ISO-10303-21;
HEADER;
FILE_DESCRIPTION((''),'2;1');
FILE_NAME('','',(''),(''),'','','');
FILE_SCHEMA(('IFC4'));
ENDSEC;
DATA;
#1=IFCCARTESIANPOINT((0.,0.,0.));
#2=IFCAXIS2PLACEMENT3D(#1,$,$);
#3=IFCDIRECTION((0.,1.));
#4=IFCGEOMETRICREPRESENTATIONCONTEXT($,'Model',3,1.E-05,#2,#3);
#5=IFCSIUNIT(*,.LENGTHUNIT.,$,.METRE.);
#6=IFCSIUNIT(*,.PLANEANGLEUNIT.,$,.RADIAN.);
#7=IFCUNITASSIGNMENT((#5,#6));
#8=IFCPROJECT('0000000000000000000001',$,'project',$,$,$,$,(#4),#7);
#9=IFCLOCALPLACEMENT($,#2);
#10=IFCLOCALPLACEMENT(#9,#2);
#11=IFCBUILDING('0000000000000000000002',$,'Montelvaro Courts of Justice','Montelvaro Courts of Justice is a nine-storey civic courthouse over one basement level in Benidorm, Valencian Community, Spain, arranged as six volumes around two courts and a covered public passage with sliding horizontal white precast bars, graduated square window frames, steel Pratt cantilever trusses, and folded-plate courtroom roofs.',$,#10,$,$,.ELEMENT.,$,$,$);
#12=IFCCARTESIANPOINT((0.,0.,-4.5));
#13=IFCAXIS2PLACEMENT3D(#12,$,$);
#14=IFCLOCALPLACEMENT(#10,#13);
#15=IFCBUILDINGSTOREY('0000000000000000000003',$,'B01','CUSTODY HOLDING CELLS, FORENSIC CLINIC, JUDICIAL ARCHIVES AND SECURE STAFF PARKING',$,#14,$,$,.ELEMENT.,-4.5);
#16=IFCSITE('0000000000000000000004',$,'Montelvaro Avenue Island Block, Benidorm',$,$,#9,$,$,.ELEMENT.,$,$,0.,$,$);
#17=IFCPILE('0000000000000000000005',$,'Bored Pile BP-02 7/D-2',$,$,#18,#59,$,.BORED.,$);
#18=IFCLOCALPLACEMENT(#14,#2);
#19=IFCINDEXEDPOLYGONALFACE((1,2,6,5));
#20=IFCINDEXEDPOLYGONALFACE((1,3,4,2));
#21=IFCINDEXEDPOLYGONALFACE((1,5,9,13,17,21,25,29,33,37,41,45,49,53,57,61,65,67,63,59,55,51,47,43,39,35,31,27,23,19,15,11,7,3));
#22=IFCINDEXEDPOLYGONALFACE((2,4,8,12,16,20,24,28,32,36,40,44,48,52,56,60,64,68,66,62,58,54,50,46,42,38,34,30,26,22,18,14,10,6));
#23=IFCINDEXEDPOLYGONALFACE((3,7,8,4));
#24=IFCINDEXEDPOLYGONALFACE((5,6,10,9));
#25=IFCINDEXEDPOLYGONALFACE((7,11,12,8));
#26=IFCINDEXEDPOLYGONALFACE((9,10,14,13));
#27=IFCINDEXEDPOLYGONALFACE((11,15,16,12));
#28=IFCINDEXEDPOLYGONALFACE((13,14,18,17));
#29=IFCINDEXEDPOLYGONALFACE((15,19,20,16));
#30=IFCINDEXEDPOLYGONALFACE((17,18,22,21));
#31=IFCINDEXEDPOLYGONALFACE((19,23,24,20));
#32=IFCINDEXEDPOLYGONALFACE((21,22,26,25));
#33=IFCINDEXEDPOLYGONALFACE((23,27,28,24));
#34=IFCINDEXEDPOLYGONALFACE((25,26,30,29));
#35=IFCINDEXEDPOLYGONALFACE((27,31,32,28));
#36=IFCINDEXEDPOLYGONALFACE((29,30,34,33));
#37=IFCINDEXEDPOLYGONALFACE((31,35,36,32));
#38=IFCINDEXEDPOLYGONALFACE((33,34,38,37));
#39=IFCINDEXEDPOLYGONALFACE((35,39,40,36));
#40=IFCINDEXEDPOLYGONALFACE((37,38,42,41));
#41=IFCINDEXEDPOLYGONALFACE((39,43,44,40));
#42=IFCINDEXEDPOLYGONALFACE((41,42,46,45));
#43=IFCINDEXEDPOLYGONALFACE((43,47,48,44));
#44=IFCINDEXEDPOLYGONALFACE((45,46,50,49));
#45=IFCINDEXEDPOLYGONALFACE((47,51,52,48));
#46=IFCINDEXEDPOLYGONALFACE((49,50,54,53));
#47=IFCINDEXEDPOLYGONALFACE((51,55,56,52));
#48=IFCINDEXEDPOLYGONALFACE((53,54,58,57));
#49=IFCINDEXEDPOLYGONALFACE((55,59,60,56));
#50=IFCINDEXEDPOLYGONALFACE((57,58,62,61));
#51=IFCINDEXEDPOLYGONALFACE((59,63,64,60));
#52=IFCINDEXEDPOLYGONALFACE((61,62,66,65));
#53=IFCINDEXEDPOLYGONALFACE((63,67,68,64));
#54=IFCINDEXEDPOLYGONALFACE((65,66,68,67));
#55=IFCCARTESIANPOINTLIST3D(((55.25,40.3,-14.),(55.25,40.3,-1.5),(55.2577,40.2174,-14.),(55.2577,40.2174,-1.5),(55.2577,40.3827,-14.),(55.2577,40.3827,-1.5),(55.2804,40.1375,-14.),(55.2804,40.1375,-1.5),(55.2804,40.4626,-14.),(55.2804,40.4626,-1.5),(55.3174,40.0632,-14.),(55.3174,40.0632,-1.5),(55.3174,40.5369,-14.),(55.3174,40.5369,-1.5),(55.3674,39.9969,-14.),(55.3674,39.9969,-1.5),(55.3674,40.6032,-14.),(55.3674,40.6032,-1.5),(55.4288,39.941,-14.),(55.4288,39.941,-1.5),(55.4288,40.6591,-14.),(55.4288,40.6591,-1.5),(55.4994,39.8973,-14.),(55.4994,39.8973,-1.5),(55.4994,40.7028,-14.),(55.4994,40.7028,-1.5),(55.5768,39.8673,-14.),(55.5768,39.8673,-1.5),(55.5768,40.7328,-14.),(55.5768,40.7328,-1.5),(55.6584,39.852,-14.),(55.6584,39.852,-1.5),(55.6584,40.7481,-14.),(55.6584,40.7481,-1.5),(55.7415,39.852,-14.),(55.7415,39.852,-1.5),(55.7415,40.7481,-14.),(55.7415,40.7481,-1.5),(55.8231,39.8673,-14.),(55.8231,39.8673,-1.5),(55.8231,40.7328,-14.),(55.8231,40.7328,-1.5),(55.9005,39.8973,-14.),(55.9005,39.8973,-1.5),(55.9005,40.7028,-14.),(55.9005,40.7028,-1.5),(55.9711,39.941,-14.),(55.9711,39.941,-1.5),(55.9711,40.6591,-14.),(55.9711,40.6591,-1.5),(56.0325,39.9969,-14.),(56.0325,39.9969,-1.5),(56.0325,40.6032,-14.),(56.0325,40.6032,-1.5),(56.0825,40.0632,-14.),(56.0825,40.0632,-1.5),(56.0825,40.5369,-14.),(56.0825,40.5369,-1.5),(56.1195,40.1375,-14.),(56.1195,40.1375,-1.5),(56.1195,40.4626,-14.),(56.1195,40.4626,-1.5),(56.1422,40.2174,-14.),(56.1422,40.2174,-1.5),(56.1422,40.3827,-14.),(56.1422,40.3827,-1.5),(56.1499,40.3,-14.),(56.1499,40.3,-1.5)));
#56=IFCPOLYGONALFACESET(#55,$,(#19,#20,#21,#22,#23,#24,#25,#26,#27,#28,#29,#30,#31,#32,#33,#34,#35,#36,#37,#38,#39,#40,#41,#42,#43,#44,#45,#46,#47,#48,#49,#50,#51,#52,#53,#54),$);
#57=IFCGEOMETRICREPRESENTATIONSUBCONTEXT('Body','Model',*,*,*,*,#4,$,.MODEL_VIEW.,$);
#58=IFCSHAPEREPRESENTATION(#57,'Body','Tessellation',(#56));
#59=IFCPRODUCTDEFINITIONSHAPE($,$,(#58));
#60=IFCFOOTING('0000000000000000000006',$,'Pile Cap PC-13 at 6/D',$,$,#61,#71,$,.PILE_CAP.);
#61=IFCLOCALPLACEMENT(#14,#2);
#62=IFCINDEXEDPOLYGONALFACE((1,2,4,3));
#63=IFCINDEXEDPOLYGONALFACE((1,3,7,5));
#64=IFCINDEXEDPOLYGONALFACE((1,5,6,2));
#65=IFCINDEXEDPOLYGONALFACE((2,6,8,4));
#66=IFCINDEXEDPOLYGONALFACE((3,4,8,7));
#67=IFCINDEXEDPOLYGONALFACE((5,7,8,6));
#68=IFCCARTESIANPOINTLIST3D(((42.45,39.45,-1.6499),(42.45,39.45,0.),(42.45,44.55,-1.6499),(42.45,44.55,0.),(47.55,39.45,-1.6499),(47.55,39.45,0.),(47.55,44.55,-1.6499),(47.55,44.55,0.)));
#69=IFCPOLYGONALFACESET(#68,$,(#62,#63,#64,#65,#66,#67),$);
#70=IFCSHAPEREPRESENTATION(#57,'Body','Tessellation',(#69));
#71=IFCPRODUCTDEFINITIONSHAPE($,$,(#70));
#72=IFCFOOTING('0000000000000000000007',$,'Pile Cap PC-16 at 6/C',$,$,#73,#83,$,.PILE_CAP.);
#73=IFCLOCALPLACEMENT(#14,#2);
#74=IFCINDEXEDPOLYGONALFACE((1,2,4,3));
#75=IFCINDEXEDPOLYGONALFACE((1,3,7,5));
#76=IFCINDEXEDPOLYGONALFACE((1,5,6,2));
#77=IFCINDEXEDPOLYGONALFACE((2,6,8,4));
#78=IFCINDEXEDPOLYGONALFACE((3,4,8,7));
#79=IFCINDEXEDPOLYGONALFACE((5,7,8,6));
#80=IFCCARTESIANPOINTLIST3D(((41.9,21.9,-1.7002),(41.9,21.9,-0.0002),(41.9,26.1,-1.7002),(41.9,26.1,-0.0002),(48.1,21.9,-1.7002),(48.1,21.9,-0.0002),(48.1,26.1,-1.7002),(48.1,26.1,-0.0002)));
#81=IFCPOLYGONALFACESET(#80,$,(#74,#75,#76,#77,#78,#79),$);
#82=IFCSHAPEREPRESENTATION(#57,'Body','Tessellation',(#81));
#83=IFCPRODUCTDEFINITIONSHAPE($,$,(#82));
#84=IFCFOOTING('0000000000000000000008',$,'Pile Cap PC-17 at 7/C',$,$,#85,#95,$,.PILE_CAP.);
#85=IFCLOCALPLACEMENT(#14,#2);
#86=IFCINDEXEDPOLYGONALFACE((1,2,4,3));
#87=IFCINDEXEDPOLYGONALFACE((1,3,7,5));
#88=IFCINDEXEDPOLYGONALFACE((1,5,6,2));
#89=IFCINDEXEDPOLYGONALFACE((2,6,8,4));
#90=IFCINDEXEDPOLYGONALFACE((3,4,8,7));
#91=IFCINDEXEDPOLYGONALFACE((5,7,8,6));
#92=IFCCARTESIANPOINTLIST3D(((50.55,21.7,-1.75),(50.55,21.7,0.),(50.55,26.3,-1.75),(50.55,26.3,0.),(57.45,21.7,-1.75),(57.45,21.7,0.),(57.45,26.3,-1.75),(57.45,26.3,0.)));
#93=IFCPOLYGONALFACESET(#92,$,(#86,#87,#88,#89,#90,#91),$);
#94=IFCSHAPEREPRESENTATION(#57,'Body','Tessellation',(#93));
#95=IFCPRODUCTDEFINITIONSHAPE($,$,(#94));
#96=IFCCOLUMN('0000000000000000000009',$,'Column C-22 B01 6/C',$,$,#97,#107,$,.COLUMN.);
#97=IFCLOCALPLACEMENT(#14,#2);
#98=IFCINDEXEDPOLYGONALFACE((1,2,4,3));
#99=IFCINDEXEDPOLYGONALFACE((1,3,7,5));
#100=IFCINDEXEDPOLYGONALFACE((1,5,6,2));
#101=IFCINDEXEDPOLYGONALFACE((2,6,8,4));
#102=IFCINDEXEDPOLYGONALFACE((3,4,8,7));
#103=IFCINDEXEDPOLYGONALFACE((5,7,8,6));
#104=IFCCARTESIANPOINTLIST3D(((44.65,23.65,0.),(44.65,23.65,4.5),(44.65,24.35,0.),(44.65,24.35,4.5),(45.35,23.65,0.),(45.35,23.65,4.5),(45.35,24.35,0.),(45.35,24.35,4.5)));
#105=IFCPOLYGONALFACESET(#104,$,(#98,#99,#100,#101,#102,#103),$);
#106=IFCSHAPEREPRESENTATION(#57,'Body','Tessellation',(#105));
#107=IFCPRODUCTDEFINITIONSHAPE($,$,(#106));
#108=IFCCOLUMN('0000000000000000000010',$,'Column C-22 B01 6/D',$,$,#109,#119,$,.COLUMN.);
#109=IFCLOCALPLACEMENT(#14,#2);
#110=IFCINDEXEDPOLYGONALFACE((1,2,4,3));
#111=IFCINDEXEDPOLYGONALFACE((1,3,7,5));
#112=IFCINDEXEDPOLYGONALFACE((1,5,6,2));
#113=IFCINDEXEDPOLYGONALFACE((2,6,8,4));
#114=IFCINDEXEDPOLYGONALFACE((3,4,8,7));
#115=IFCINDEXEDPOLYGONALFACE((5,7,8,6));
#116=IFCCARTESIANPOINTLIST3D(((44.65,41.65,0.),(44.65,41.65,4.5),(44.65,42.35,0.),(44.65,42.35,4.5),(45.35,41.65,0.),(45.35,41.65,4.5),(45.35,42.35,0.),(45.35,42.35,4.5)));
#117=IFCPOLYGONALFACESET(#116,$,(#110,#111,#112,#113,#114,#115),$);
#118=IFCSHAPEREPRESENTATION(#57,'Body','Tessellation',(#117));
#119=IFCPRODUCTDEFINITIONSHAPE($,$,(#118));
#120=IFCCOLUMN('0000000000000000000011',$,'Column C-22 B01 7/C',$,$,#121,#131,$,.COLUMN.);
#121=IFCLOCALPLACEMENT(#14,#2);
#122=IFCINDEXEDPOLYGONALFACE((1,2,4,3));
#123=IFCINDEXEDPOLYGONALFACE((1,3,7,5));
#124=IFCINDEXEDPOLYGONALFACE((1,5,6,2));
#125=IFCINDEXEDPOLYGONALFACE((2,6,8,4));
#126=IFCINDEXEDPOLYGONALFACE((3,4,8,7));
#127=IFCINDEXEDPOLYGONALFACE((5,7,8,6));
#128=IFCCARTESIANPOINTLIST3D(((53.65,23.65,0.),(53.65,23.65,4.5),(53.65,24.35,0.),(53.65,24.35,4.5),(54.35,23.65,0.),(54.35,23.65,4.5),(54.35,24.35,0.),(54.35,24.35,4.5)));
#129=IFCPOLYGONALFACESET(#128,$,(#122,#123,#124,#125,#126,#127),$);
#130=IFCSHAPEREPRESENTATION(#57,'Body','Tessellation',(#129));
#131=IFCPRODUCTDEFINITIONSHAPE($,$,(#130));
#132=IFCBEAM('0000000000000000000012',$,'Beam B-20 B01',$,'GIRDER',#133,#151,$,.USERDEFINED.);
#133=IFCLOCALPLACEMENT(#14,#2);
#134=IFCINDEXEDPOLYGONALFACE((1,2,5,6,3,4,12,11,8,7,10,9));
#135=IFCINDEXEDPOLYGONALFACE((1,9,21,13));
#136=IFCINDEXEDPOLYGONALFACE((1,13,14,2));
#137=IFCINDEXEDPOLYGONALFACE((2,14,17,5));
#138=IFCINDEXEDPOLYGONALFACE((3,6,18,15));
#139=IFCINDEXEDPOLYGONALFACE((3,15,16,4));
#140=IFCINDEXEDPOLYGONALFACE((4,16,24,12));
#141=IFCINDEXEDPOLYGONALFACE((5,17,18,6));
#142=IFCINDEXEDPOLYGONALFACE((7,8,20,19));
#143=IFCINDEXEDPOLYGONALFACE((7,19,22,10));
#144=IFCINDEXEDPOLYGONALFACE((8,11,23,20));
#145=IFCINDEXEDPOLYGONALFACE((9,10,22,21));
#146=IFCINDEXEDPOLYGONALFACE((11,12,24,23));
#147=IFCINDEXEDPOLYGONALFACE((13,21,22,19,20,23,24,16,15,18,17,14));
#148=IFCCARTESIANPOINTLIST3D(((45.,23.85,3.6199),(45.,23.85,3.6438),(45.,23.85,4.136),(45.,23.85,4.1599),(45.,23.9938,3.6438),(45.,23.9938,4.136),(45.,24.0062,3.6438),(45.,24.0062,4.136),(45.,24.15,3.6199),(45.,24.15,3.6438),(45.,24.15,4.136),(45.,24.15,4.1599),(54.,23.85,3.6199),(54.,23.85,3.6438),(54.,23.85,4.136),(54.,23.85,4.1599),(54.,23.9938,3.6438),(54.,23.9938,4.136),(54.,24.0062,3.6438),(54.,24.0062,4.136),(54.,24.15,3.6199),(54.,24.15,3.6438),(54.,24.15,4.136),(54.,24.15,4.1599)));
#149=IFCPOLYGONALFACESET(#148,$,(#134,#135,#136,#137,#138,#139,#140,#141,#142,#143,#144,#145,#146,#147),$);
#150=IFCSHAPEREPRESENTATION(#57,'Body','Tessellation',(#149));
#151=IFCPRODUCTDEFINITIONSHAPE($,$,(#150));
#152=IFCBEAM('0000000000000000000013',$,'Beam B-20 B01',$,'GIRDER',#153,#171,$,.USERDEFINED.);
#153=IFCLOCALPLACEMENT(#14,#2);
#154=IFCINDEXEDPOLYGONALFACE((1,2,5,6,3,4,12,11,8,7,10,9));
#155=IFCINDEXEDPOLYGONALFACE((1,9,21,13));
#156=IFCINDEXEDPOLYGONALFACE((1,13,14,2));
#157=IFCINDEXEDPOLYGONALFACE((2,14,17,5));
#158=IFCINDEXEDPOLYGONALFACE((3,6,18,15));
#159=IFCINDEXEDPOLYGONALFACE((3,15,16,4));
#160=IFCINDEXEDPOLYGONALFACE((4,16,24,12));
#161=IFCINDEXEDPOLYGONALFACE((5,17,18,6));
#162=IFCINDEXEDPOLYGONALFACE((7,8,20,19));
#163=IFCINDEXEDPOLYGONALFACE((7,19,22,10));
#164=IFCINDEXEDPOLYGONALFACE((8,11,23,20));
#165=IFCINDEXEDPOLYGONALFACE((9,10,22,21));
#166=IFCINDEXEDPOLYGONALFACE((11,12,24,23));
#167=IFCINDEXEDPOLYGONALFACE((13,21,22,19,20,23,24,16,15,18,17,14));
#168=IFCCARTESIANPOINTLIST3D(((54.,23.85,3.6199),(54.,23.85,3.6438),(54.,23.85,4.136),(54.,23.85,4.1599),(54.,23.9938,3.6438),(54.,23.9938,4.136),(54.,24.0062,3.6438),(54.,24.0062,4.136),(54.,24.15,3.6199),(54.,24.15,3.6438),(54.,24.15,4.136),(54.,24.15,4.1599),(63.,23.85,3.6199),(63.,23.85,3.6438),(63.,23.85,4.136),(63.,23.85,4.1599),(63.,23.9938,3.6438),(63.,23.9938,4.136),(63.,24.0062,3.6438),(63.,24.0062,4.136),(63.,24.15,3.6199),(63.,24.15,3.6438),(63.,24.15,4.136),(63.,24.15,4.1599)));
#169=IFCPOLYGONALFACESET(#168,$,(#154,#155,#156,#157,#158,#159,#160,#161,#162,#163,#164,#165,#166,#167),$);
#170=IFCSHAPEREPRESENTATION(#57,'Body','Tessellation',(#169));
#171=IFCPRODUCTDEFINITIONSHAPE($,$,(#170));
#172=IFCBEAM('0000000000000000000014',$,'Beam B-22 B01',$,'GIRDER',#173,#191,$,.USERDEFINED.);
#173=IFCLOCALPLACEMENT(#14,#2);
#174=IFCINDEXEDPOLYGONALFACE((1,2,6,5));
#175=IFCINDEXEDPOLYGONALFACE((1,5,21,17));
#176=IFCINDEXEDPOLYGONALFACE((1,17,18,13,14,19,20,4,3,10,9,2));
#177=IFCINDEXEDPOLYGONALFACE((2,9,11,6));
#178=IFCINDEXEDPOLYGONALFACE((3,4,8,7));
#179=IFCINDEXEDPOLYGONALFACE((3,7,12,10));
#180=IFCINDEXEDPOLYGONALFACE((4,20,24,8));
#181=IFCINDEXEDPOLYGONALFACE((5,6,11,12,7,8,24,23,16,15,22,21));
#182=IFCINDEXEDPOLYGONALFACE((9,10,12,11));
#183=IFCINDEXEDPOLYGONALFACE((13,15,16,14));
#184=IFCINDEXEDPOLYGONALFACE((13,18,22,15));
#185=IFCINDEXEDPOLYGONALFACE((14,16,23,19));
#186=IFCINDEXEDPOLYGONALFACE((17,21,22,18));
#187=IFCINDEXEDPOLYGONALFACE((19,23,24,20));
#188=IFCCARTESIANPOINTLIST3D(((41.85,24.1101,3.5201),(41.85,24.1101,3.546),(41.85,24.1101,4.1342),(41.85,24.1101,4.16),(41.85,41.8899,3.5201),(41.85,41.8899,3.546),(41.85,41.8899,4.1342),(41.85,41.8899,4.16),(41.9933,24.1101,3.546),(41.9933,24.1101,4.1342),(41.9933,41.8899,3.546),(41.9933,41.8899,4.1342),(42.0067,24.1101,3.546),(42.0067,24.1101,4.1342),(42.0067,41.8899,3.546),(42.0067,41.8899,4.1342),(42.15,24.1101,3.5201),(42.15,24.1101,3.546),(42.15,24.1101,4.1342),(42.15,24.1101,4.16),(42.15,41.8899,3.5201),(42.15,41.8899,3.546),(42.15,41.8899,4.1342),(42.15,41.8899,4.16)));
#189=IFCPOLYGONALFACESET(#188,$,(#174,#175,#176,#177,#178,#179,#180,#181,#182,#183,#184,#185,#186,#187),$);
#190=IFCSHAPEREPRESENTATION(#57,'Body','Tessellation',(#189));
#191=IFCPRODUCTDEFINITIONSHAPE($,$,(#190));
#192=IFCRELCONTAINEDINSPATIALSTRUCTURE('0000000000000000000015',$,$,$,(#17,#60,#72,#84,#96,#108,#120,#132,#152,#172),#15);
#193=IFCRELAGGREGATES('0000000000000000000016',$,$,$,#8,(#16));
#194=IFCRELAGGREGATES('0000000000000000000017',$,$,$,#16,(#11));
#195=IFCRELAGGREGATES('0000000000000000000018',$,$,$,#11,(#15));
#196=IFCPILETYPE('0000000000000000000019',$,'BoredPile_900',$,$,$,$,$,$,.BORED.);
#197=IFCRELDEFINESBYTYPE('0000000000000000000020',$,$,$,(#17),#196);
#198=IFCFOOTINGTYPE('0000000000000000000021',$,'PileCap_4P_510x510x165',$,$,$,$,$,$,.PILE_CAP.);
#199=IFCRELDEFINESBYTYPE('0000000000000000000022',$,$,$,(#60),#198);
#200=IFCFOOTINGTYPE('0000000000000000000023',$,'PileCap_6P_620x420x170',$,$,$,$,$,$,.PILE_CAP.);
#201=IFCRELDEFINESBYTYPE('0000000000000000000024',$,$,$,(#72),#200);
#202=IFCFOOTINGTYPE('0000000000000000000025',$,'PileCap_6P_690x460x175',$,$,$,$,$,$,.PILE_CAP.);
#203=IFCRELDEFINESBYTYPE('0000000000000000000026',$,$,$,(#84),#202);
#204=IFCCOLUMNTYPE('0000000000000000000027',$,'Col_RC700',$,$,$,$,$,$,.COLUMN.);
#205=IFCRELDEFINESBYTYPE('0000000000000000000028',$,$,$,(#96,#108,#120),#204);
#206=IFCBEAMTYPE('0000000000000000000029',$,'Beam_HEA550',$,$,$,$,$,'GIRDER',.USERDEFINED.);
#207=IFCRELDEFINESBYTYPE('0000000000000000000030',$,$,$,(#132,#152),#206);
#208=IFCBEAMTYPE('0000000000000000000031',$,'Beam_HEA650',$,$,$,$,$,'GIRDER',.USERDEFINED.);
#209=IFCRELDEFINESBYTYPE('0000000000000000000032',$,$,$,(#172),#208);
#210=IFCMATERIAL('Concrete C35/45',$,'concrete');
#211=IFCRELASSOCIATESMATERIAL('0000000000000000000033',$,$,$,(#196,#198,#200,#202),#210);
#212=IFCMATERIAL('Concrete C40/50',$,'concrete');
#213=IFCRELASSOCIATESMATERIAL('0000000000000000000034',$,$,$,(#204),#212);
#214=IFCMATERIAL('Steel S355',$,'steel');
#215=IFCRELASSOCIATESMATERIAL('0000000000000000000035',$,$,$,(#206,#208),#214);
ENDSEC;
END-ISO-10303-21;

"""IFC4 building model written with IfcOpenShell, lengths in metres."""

from ifc_helpers import new_model, si_unit, direction, frame, origin, origin_2d, place, context, subcontext, project, spatial, rectangle, circle, i_section, extrude, material, material_profile, profile_set, type_object, element, save


model = new_model("IFC4")

# Units and contexts
model_context = context("Model", 3, precision=1e-05, world=origin(), true_north=direction((0.0, 1.0)))
body_context = subcontext(model_context, "Body", "Model", "MODEL_VIEW")
ifc_project = project(units=[si_unit("LENGTHUNIT", "METRE"), si_unit("PLANEANGLEUNIT", "RADIAN")], contexts=[model_context])

# Site, building, storey
site_placement = place(None, origin())
site = spatial("IfcSite", under=ifc_project, at=site_placement, Name="Montelvaro Avenue Island Block, Benidorm", CompositionType="ELEMENT", RefElevation=0.0)
building_placement = place(site_placement, origin())
building = spatial("IfcBuilding", under=site, at=building_placement, Name="Montelvaro Courts of Justice", Description="Montelvaro Courts of Justice is a nine-storey civic courthouse over one basement level in Benidorm, Valencian Community, Spain, arranged as six volumes around two courts and a covered public passage with sliding horizontal white precast bars, graduated square window frames, steel Pratt cantilever trusses, and folded-plate courtroom roofs.", CompositionType="ELEMENT")
storey_placement = place(building_placement, frame((0.0, 0.0, -4.5)))
storey = spatial("IfcBuildingStorey", under=building, at=storey_placement, Name="B01", Description="CUSTODY HOLDING CELLS, FORENSIC CLINIC, JUDICIAL ARCHIVES AND SECURE STAFF PARKING", CompositionType="ELEMENT", Elevation=-4.5)

# Pile
ifc_material_1 = material(Name="Concrete C35/45", Category="concrete")
ifc_material_profile_1 = material_profile(ifc_material_1, circle(Radius=0.45, at=origin_2d()), Name="BORED PILE D900")
ifc_profile_set_1 = profile_set([ifc_material_profile_1], Name="Concrete C35/45")
pile_type_1 = type_object("IfcPileType", Name="BoredPile_900", PredefinedType="BORED", material=ifc_profile_set_1)
for number, where, z_axis, x_axis, name in (
    (1, (55.7, 40.3, -1.5), (0.0, 0.0, -1.0), (1.0, 0.0, 0.0), "Bored Pile BP-02 7/D-2"),
):
    element("IfcPile", number, at=place(storey_placement, frame(where, z_axis=z_axis, x_axis=x_axis)), inside=storey, type_object=pile_type_1, Name=name, PredefinedType="BORED", context=body_context, shape_type="SweptSolid", body=[
        extrude(circle(Radius=0.45, at=origin_2d()), origin(), (0.0, 0.0, 1.0), 12.5),
    ])

# Footings
footing_type_1 = type_object("IfcFootingType", Name="PileCap_4P_510x510x165", PredefinedType="PILE_CAP", material=ifc_material_1)
footing_1_placement = place(storey_placement, frame((45.0, 42.0, -1.6499), z_axis=(0.0, 0.0, 1.0), x_axis=(1.0, 0.0, 0.0)))
element("IfcFooting", 2, at=footing_1_placement, inside=storey, type_object=footing_type_1, Name="Pile Cap PC-13 at 6/D", PredefinedType="PILE_CAP", context=body_context, shape_type="SweptSolid", body=[
    extrude(rectangle(XDim=5.1001, YDim=5.1001, at=origin_2d()), origin(), (0.0, 0.0, 1.0), 1.6499),
])
footing_type_2 = type_object("IfcFootingType", Name="PileCap_6P_620x420x170", PredefinedType="PILE_CAP", material=ifc_material_1)
footing_2_placement = place(storey_placement, frame((45.0, 24.0, -1.7002), z_axis=(0.0, 0.0, 1.0), x_axis=(1.0, 0.0, 0.0)))
element("IfcFooting", 3, at=footing_2_placement, inside=storey, type_object=footing_type_2, Name="Pile Cap PC-16 at 6/C", PredefinedType="PILE_CAP", context=body_context, shape_type="SweptSolid", body=[
    extrude(rectangle(XDim=6.2, YDim=4.2, at=origin_2d()), origin(), (0.0, 0.0, 1.0), 1.7),
])
footing_type_3 = type_object("IfcFootingType", Name="PileCap_6P_690x460x175", PredefinedType="PILE_CAP", material=ifc_material_1)
footing_3_placement = place(storey_placement, frame((54.0, 24.0, -1.75), z_axis=(0.0, 0.0, 1.0), x_axis=(1.0, 0.0, 0.0)))
element("IfcFooting", 4, at=footing_3_placement, inside=storey, type_object=footing_type_3, Name="Pile Cap PC-17 at 7/C", PredefinedType="PILE_CAP", context=body_context, shape_type="SweptSolid", body=[
    extrude(rectangle(XDim=6.8999, YDim=4.6001, at=origin_2d()), origin(), (0.0, 0.0, 1.0), 1.75),
])

# Columns
ifc_material_2 = material(Name="Concrete C40/50", Category="concrete")
ifc_material_profile_2 = material_profile(ifc_material_2, rectangle(XDim=0.7, YDim=0.7, at=origin_2d()), Name="RC 700x700")
ifc_profile_set_2 = profile_set([ifc_material_profile_2], Name="Concrete C40/50")
column_type = type_object("IfcColumnType", Name="Col_RC700", PredefinedType="COLUMN", material=ifc_profile_set_2)
for number, where, z_axis, x_axis, name in (
    (5, (45.0, 24.0, 0.0), (0.0, 0.0, 1.0), (1.0, 0.0, 0.0), "Column C-22 B01 6/C"),
    (6, (45.0, 42.0, 0.0), (0.0, 0.0, 1.0), (1.0, 0.0, 0.0), "Column C-22 B01 6/D"),
    (7, (54.0, 24.0, 0.0), (0.0, 0.0, 1.0), (1.0, 0.0, 0.0), "Column C-22 B01 7/C"),
):
    element("IfcColumn", number, at=place(storey_placement, frame(where, z_axis=z_axis, x_axis=x_axis)), inside=storey, type_object=column_type, Name=name, PredefinedType="COLUMN", context=body_context, shape_type="SweptSolid", body=[
        extrude(rectangle(XDim=0.7, YDim=0.7, at=origin_2d()), origin(), (0.0, 0.0, 1.0), 4.5),
    ])

# Beams
ifc_material_3 = material(Name="Steel S355", Category="steel")
ifc_material_profile_3 = material_profile(ifc_material_3, i_section(OverallWidth=0.3, OverallDepth=0.54, WebThickness=0.0125, FlangeThickness=0.0239, at=origin_2d()), Name="HEA 550")
ifc_profile_set_3 = profile_set([ifc_material_profile_3], Name="Steel S355")
beam_type_1 = type_object("IfcBeamType", Name="Beam_HEA550", ElementType="GIRDER", PredefinedType="USERDEFINED", material=ifc_profile_set_3)
for number, where, z_axis, x_axis, name in (
    (8, (45.0, 24.0, 3.8899), (1.0, 0.0, 0.0), (0.0, 1.0, 0.0), "Beam B-20 B01"),
    (9, (54.0, 24.0, 3.8899), (1.0, 0.0, 0.0), (0.0, 1.0, 0.0), "Beam B-20 B01"),
):
    element("IfcBeam", number, at=place(storey_placement, frame(where, z_axis=z_axis, x_axis=x_axis)), inside=storey, type_object=beam_type_1, Name=name, ObjectType="GIRDER", PredefinedType="USERDEFINED", context=body_context, shape_type="SweptSolid", body=[
        extrude(i_section(OverallWidth=0.3, OverallDepth=0.54, WebThickness=0.0125, FlangeThickness=0.0239, at=origin_2d()), origin(), (0.0, 0.0, 1.0), 9.0),
    ])
ifc_material_profile_4 = material_profile(ifc_material_3, i_section(OverallWidth=0.3, OverallDepth=0.6399, WebThickness=0.0134, FlangeThickness=0.0259, at=origin_2d()), Name="HEA 650")
ifc_profile_set_4 = profile_set([ifc_material_profile_4], Name="Steel S355")
beam_type_2 = type_object("IfcBeamType", Name="Beam_HEA650", ElementType="GIRDER", PredefinedType="USERDEFINED", material=ifc_profile_set_4)
for number, where, z_axis, x_axis, name in (
    (10, (42.0, 24.1101, 3.8401), (0.0, 1.0, 0.0), (-1.0, 0.0, 0.0), "Beam B-22 B01"),
):
    element("IfcBeam", number, at=place(storey_placement, frame(where, z_axis=z_axis, x_axis=x_axis)), inside=storey, type_object=beam_type_2, Name=name, ObjectType="GIRDER", PredefinedType="USERDEFINED", context=body_context, shape_type="SweptSolid", body=[
        extrude(i_section(OverallWidth=0.3, OverallDepth=0.6399, WebThickness=0.0134, FlangeThickness=0.0259, at=origin_2d()), origin(), (0.0, 0.0, 1.0), 17.7798),
    ])

save(model, "model.ifc")
